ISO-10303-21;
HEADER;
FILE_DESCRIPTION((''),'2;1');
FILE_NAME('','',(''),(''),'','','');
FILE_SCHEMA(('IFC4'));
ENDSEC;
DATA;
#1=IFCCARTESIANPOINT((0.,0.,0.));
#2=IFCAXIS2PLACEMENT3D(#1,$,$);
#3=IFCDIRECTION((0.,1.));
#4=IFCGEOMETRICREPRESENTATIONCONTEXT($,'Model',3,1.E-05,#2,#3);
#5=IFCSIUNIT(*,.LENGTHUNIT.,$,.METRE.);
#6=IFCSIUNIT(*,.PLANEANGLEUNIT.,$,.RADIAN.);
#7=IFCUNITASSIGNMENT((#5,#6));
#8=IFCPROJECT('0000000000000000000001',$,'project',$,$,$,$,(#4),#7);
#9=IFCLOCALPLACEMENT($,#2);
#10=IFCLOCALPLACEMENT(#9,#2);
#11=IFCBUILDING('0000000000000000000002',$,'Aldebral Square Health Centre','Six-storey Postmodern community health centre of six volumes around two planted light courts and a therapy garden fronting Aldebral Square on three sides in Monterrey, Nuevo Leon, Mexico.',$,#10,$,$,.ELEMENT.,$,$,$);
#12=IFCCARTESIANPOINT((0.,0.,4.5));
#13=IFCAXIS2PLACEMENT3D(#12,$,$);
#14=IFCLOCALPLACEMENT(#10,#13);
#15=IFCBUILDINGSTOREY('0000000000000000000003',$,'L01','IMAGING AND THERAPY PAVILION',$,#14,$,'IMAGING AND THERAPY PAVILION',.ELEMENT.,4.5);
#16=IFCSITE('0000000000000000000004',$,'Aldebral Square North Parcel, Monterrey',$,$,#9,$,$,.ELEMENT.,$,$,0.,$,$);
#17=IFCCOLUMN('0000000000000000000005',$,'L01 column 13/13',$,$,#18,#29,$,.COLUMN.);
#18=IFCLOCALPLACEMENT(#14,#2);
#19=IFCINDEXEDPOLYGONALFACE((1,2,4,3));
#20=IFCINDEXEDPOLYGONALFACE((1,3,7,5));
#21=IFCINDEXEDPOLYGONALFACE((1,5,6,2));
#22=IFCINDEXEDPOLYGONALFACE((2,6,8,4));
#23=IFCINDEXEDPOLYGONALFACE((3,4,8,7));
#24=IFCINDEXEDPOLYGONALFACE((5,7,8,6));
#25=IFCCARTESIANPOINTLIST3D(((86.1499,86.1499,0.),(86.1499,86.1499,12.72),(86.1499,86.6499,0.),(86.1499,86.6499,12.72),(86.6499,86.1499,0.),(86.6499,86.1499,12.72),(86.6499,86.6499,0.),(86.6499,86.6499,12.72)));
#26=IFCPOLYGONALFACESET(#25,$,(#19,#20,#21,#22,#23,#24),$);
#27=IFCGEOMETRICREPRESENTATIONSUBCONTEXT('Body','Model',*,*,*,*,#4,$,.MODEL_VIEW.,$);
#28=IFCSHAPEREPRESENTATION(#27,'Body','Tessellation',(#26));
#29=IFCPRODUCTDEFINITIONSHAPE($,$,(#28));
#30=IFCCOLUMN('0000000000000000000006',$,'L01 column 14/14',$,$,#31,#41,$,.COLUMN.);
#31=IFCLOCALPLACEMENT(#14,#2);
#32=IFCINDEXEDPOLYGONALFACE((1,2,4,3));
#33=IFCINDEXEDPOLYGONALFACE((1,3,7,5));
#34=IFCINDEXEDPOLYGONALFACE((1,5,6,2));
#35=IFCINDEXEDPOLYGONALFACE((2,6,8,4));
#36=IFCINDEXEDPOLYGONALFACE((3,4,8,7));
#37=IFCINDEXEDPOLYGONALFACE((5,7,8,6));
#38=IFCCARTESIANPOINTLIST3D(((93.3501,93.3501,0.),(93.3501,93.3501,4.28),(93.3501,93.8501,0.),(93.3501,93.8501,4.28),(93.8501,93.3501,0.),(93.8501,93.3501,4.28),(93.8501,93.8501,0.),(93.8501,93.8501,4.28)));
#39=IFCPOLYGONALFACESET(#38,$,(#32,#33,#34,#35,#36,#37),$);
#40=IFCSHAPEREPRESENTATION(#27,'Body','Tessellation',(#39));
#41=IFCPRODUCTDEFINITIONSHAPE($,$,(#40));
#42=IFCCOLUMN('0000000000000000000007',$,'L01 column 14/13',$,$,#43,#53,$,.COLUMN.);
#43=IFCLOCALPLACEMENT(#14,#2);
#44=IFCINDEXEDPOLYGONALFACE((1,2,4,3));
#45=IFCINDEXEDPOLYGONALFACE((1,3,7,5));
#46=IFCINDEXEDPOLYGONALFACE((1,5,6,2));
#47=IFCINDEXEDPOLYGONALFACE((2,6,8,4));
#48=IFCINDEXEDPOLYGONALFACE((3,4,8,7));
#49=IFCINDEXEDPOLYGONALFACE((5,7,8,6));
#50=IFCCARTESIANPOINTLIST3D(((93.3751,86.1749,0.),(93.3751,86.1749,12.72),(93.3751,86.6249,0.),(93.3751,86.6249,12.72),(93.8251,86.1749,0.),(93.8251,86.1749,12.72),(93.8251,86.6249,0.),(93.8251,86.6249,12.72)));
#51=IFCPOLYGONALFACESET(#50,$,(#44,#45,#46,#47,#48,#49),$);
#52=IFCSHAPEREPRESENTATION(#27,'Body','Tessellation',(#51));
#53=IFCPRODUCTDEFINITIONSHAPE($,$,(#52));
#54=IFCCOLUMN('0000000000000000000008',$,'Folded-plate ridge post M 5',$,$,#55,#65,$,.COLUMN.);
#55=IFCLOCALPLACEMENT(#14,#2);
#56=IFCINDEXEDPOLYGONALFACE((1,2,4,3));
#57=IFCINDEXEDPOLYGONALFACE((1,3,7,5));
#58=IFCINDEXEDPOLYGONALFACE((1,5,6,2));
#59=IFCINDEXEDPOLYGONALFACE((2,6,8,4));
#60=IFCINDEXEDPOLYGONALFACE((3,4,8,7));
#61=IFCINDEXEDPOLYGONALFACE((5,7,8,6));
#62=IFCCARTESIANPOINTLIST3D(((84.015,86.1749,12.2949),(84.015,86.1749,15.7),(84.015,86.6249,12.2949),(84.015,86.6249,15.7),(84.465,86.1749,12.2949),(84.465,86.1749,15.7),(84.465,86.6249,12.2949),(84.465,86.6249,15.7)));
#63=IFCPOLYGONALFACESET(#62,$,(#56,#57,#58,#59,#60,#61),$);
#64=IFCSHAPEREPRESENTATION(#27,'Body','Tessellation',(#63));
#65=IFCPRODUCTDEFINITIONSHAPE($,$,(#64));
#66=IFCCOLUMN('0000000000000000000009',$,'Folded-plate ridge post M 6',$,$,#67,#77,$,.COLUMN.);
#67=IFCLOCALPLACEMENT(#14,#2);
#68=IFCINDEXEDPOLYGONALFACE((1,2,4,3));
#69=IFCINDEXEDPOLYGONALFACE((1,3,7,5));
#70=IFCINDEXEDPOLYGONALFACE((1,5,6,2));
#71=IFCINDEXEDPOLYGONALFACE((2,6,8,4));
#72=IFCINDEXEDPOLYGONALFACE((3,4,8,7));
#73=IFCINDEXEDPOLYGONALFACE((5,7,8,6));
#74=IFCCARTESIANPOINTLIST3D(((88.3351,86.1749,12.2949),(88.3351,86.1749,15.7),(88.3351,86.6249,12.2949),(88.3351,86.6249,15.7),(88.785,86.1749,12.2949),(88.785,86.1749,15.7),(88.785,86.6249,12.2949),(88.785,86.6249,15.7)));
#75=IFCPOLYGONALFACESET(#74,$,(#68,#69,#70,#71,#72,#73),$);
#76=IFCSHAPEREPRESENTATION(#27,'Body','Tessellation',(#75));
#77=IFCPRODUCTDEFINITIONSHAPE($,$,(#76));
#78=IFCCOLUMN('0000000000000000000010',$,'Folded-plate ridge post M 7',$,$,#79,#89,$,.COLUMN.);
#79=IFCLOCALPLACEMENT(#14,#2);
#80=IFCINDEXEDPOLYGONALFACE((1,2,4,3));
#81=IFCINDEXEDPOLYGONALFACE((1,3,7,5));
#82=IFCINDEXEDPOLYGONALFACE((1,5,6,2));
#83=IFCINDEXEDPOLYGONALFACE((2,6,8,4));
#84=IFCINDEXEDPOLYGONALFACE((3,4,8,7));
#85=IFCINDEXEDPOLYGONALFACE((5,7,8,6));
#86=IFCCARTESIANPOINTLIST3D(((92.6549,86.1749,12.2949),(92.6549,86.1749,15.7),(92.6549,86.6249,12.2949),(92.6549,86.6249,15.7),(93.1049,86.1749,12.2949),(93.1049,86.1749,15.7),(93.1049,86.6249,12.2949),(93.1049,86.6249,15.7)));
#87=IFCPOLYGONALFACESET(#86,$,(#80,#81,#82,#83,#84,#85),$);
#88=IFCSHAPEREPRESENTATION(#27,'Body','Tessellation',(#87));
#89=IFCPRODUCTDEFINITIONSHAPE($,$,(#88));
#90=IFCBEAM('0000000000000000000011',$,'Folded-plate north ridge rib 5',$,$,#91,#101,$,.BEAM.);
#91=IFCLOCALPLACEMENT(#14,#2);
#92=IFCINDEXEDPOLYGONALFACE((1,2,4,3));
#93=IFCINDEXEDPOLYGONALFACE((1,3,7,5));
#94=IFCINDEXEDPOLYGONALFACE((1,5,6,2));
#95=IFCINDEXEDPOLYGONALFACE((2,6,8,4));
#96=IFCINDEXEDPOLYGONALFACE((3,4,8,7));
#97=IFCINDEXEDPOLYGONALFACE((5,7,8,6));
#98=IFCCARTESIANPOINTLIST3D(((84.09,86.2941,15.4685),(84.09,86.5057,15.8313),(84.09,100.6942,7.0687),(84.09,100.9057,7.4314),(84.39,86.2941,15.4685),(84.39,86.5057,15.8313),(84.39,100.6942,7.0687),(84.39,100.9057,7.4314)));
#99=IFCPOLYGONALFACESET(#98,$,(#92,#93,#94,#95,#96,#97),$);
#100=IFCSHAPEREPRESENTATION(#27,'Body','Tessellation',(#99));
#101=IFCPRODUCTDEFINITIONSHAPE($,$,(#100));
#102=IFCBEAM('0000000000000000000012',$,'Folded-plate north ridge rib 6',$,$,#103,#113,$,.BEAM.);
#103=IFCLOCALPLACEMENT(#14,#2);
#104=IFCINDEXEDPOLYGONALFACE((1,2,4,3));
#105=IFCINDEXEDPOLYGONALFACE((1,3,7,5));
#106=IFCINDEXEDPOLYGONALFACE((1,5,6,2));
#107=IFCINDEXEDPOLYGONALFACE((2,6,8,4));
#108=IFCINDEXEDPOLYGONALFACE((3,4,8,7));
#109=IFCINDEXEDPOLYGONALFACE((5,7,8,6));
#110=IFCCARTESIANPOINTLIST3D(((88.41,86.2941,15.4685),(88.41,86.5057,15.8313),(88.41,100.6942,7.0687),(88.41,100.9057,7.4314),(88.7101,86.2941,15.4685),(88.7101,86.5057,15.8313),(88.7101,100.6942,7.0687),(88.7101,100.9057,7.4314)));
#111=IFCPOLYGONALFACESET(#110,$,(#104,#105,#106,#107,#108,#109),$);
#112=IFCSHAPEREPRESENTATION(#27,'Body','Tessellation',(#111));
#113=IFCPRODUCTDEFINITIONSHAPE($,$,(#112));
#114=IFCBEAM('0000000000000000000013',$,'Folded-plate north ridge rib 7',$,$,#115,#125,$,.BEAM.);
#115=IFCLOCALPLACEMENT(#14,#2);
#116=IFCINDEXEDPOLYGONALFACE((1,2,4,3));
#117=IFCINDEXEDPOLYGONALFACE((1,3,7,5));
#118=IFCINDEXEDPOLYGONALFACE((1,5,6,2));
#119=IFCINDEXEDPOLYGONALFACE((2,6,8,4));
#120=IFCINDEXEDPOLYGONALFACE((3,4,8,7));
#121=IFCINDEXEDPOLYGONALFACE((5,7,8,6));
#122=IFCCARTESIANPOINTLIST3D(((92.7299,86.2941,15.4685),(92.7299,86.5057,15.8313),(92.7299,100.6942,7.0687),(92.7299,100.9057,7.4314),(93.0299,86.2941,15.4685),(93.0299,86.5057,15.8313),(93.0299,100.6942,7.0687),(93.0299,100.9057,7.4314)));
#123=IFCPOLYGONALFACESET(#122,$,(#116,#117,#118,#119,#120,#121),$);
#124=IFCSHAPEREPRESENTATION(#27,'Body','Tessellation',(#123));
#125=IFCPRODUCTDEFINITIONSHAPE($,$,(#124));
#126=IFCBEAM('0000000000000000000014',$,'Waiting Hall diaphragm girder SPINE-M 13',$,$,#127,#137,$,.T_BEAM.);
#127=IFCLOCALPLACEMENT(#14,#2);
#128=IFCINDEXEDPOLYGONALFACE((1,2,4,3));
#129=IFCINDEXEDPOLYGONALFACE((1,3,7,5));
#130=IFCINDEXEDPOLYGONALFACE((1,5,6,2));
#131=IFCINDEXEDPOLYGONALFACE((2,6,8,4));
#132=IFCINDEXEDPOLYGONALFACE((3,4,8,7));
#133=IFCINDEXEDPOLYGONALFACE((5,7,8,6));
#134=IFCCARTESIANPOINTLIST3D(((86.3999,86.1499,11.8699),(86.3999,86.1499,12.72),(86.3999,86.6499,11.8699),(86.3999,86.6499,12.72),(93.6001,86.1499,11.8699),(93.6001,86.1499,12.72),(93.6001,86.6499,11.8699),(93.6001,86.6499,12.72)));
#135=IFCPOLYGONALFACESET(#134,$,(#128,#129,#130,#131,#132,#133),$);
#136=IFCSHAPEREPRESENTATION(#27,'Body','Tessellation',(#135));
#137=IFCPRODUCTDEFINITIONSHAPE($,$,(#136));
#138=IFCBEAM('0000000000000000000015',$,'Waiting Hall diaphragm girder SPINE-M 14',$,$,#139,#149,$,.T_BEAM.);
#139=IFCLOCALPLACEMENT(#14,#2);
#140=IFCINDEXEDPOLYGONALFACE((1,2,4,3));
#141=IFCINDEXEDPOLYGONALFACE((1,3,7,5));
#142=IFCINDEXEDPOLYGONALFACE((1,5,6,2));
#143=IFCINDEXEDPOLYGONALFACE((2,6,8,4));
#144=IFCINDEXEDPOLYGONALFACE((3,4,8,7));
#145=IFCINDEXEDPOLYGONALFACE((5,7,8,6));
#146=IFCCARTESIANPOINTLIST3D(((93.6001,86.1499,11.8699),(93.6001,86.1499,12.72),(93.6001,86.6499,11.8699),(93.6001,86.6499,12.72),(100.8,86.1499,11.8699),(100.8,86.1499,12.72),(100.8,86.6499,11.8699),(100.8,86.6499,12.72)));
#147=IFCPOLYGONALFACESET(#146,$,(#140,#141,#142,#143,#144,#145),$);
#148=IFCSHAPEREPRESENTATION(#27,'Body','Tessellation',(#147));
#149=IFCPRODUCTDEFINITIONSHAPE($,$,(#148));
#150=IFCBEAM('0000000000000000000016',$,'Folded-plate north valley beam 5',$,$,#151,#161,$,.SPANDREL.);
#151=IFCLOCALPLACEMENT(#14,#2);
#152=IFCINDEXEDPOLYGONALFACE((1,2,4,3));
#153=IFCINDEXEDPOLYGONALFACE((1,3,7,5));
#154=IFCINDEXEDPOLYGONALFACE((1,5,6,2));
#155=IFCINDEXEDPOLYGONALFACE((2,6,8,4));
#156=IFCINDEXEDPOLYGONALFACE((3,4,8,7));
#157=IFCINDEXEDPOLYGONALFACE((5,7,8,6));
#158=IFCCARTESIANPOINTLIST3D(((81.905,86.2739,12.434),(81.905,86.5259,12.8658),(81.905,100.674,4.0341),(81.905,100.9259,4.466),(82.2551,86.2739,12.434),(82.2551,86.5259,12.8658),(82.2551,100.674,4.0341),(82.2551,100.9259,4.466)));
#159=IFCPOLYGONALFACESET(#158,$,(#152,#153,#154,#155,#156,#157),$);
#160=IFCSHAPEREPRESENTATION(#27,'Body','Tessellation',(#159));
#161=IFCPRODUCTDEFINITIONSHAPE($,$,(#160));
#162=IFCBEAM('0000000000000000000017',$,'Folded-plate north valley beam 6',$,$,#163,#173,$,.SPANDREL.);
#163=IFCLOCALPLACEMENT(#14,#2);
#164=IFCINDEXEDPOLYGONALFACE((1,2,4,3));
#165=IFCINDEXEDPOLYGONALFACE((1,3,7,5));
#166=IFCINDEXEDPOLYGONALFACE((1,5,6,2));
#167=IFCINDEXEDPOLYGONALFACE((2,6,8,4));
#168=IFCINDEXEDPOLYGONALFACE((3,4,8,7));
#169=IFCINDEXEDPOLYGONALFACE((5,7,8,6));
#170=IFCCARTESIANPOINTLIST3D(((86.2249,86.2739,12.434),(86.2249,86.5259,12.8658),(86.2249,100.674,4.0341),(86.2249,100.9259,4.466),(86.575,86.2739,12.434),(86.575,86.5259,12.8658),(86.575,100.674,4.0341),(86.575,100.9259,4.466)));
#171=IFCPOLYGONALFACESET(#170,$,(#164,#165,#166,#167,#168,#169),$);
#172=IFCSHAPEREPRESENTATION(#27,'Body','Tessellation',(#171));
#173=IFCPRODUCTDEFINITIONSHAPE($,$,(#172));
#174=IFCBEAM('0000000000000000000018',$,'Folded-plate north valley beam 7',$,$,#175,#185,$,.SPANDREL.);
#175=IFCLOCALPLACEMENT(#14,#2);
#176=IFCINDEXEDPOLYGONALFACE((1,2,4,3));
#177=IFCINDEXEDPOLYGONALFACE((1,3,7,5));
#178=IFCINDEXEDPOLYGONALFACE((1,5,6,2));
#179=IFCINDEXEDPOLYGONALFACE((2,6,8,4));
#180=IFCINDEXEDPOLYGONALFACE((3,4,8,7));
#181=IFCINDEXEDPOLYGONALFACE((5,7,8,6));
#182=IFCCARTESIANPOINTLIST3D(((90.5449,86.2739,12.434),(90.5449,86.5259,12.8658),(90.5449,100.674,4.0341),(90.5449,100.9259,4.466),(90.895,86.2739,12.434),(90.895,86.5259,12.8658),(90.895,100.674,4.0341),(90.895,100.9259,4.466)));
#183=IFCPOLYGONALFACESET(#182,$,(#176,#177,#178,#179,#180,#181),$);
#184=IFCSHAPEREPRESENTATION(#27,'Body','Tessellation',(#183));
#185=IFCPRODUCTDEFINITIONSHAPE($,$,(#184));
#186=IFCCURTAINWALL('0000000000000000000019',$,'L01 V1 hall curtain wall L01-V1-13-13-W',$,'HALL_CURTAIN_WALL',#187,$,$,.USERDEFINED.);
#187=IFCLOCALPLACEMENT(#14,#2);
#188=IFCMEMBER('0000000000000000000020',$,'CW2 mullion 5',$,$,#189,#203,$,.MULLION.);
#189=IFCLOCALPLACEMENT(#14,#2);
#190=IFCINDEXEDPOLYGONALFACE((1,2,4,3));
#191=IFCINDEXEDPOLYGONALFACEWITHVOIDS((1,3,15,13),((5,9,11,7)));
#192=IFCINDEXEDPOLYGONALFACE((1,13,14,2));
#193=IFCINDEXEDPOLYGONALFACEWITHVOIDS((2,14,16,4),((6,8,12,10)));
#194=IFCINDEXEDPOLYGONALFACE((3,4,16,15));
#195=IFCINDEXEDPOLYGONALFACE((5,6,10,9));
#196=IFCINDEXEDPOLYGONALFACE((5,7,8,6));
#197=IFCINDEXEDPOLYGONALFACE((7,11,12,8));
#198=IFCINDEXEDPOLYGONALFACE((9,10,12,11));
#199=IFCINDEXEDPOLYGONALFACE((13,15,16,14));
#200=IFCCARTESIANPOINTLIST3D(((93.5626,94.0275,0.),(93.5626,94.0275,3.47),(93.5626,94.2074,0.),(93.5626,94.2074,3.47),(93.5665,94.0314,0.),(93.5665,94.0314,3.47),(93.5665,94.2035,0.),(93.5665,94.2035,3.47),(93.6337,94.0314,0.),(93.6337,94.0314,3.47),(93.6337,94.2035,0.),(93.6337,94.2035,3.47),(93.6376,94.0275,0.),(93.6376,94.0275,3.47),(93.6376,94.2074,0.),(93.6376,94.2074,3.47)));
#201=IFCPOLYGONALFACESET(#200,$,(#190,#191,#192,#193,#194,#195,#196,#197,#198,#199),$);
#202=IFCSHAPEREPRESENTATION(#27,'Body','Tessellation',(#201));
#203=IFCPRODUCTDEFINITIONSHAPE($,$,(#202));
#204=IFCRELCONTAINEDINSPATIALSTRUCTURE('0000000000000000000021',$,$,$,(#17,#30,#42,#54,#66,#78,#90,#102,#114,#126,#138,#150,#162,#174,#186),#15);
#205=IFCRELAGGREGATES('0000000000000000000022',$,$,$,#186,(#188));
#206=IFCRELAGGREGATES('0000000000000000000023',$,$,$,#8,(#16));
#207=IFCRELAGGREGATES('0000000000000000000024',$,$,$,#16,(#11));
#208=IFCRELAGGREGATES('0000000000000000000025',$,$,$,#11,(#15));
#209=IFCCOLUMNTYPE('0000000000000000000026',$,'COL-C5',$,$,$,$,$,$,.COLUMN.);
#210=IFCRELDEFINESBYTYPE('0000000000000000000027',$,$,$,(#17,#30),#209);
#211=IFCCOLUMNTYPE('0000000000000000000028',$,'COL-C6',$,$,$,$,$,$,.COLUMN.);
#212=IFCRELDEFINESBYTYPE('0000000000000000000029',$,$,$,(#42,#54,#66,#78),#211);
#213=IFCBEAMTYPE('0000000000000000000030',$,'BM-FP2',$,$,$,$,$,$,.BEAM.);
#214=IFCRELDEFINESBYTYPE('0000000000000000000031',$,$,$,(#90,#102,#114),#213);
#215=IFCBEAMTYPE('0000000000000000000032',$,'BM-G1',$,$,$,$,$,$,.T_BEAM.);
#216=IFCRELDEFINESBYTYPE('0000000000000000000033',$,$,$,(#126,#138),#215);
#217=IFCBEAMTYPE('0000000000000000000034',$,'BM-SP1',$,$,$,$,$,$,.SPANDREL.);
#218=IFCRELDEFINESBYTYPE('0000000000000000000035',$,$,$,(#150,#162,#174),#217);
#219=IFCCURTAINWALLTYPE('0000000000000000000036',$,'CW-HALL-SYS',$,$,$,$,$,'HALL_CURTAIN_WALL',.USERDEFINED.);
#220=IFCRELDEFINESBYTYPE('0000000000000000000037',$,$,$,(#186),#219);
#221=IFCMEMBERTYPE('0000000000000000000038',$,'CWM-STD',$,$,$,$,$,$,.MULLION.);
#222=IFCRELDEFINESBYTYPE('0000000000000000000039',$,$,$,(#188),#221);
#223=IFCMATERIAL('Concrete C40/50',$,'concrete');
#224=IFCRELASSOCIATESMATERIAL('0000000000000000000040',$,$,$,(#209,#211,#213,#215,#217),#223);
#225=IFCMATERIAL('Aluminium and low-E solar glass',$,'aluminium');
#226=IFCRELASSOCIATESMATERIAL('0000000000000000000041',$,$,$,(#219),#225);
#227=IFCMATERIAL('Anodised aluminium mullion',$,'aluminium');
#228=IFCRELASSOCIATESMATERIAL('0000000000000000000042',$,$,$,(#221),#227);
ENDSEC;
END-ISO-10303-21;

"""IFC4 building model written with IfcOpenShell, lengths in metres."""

from ifc_helpers import new_model, si_unit, direction, frame, origin, origin_2d, place, context, subcontext, project, spatial, rectangle, hollow_rectangle, extrude, material, material_profile, profile_set, type_object, element, aggregate, save


model = new_model("IFC4")

# Units and contexts
model_context = context("Model", 3, precision=1e-05, world=origin(), true_north=direction((0.0, 1.0)))
body_context = subcontext(model_context, "Body", "Model", "MODEL_VIEW")
ifc_project = project(units=[si_unit("LENGTHUNIT", "METRE"), si_unit("PLANEANGLEUNIT", "RADIAN")], contexts=[model_context])

# Site, building, storey
site_placement = place(None, origin())
site = spatial("IfcSite", under=ifc_project, at=site_placement, Name="Aldebral Square North Parcel, Monterrey", CompositionType="ELEMENT", RefElevation=0.0)
building_placement = place(site_placement, origin())
building = spatial("IfcBuilding", under=site, at=building_placement, Name="Aldebral Square Health Centre", Description="Six-storey Postmodern community health centre of six volumes around two planted light courts and a therapy garden fronting Aldebral Square on three sides in Monterrey, Nuevo Leon, Mexico.", CompositionType="ELEMENT")
storey_placement = place(building_placement, frame((0.0, 0.0, 4.5)))
storey = spatial("IfcBuildingStorey", under=building, at=storey_placement, Name="L01", Description="IMAGING AND THERAPY PAVILION", LongName="IMAGING AND THERAPY PAVILION", CompositionType="ELEMENT", Elevation=4.5)

# Columns
ifc_material_1 = material(Name="Concrete C40/50", Category="concrete")
ifc_material_profile_1 = material_profile(ifc_material_1, rectangle(XDim=0.5, YDim=0.5, at=origin_2d()), Name="RC 500x500")
ifc_profile_set_1 = profile_set([ifc_material_profile_1], Name="Concrete C40/50")
column_type_1 = type_object("IfcColumnType", Name="COL-C5", PredefinedType="COLUMN", material=ifc_profile_set_1)
column_1_placement = place(storey_placement, frame((86.3999, 86.3999, 0.0), z_axis=(0.0, 0.0, 1.0), x_axis=(1.0, 0.0, 0.0)))
element("IfcColumn", 1, at=column_1_placement, inside=storey, type_object=column_type_1, Name="L01 column 13/13", PredefinedType="COLUMN", context=body_context, shape_type="SweptSolid", body=[
    extrude(rectangle(XDim=0.5, YDim=0.5, at=origin_2d()), origin(), (0.0, 0.0, 1.0), 12.72),
])
column_2_placement = place(storey_placement, frame((93.6001, 93.6001, 0.0), z_axis=(0.0, 0.0, 1.0), x_axis=(1.0, 0.0, 0.0)))
element("IfcColumn", 2, at=column_2_placement, inside=storey, type_object=column_type_1, Name="L01 column 14/14", PredefinedType="COLUMN", context=body_context, shape_type="SweptSolid", body=[
    extrude(rectangle(XDim=0.5, YDim=0.5, at=origin_2d()), origin(), (0.0, 0.0, 1.0), 4.28),
])
ifc_material_profile_2 = material_profile(ifc_material_1, rectangle(XDim=0.45, YDim=0.45, at=origin_2d()), Name="RC 450x450")
ifc_profile_set_2 = profile_set([ifc_material_profile_2], Name="Concrete C40/50")
column_type_2 = type_object("IfcColumnType", Name="COL-C6", PredefinedType="COLUMN", material=ifc_profile_set_2)
column_3_placement = place(storey_placement, frame((93.6001, 86.3999, 0.0), z_axis=(0.0, 0.0, 1.0), x_axis=(1.0, 0.0, 0.0)))
element("IfcColumn", 3, at=column_3_placement, inside=storey, type_object=column_type_2, Name="L01 column 14/13", PredefinedType="COLUMN", context=body_context, shape_type="SweptSolid", body=[
    extrude(rectangle(XDim=0.45, YDim=0.45, at=origin_2d()), origin(), (0.0, 0.0, 1.0), 12.72),
])
for number, where, z_axis, x_axis, name in (
    (4, (84.24, 86.3999, 12.2949), (0.0, 0.0, 1.0), (1.0, 0.0, 0.0), "Folded-plate ridge post M 5"),
    (5, (88.5601, 86.3999, 12.2949), (0.0, 0.0, 1.0), (1.0, 0.0, 0.0), "Folded-plate ridge post M 6"),
    (6, (92.8799, 86.3999, 12.2949), (0.0, 0.0, 1.0), (1.0, 0.0, 0.0), "Folded-plate ridge post M 7"),
):
    element("IfcColumn", number, at=place(storey_placement, frame(where, z_axis=z_axis, x_axis=x_axis)), inside=storey, type_object=column_type_2, Name=name, PredefinedType="COLUMN", context=body_context, shape_type="SweptSolid", body=[
        extrude(rectangle(XDim=0.45, YDim=0.45, at=origin_2d()), origin(), (0.0, 0.0, 1.0), 3.405),
    ])

# Beams
ifc_material_profile_3 = material_profile(ifc_material_1, rectangle(XDim=0.3, YDim=0.4199, at=origin_2d()), Name="RC 300x420")
ifc_profile_set_3 = profile_set([ifc_material_profile_3], Name="Concrete C40/50")
beam_type_1 = type_object("IfcBeamType", Name="BM-FP2", PredefinedType="BEAM", material=ifc_profile_set_3)
for number, where, z_axis, x_axis, name in (
    (7, (84.24, 86.3999, 15.6499), (0.0, 0.863784, -0.503863), (-1.0, 0.0, 0.0), "Folded-plate north ridge rib 5"),
    (8, (88.5601, 86.3999, 15.6499), (0.0, 0.863784, -0.503863), (-1.0, 0.0, 0.0), "Folded-plate north ridge rib 6"),
    (9, (92.8799, 86.3999, 15.6499), (0.0, 0.863784, -0.503863), (-1.0, 0.0, 0.0), "Folded-plate north ridge rib 7"),
):
    element("IfcBeam", number, at=place(storey_placement, frame(where, z_axis=z_axis, x_axis=x_axis)), inside=storey, type_object=beam_type_1, Name=name, PredefinedType="BEAM", context=body_context, shape_type="SweptSolid", body=[
        extrude(rectangle(XDim=0.3, YDim=0.4199, at=origin_2d()), origin(), (0.0, 0.0, 1.0), 16.6709),
    ])
ifc_material_profile_4 = material_profile(ifc_material_1, rectangle(XDim=0.5, YDim=0.8501, at=origin_2d()), Name="RC 500x850")
ifc_profile_set_4 = profile_set([ifc_material_profile_4], Name="Concrete C40/50")
beam_type_2 = type_object("IfcBeamType", Name="BM-G1", PredefinedType="T_BEAM", material=ifc_profile_set_4)
beam_1_placement = place(storey_placement, frame((86.3999, 86.3999, 12.2949), z_axis=(1.0, 0.0, 0.0), x_axis=(0.0, 1.0, 0.0)))
element("IfcBeam", 10, at=beam_1_placement, inside=storey, type_object=beam_type_2, Name="Waiting Hall diaphragm girder SPINE-M 13", PredefinedType="T_BEAM", context=body_context, shape_type="SweptSolid", body=[
    extrude(rectangle(XDim=0.5, YDim=0.8501, at=origin_2d()), origin(), (0.0, 0.0, 1.0), 7.2002),
])
beam_2_placement = place(storey_placement, frame((93.6001, 86.3999, 12.2949), z_axis=(1.0, 0.0, 0.0), x_axis=(0.0, 1.0, 0.0)))
element("IfcBeam", 11, at=beam_2_placement, inside=storey, type_object=beam_type_2, Name="Waiting Hall diaphragm girder SPINE-M 14", PredefinedType="T_BEAM", context=body_context, shape_type="SweptSolid", body=[
    extrude(rectangle(XDim=0.5, YDim=0.8501, at=origin_2d()), origin(), (0.0, 0.0, 1.0), 7.2),
])
ifc_material_profile_5 = material_profile(ifc_material_1, rectangle(XDim=0.3501, YDim=0.5, at=origin_2d()), Name="RC 350x500")
ifc_profile_set_5 = profile_set([ifc_material_profile_5], Name="Concrete C40/50")
beam_type_3 = type_object("IfcBeamType", Name="BM-SP1", PredefinedType="SPANDREL", material=ifc_profile_set_5)
for number, where, z_axis, x_axis, name in (
    (12, (82.0801, 86.3999, 12.6499), (0.0, 0.863784, -0.503863), (-1.0, 0.0, 0.0), "Folded-plate north valley beam 5"),
    (13, (86.3999, 86.3999, 12.6499), (0.0, 0.863784, -0.503863), (-1.0, 0.0, 0.0), "Folded-plate north valley beam 6"),
    (14, (90.72, 86.3999, 12.6499), (0.0, 0.863784, -0.503863), (-1.0, 0.0, 0.0), "Folded-plate north valley beam 7"),
):
    element("IfcBeam", number, at=place(storey_placement, frame(where, z_axis=z_axis, x_axis=x_axis)), inside=storey, type_object=beam_type_3, Name=name, PredefinedType="SPANDREL", context=body_context, shape_type="SweptSolid", body=[
        extrude(rectangle(XDim=0.3501, YDim=0.5, at=origin_2d()), origin(), (0.0, 0.0, 1.0), 16.6709),
    ])

# Curtain wall, member
ifc_material_2 = material(Name="Aluminium and low-E solar glass", Category="aluminium")
curtain_wall_type = type_object("IfcCurtainWallType", Name="CW-HALL-SYS", ElementType="HALL_CURTAIN_WALL", PredefinedType="USERDEFINED", material=ifc_material_2)
curtain_wall_placement = place(storey_placement, origin())
curtain_wall = element("IfcCurtainWall", 15, at=curtain_wall_placement, inside=storey, type_object=curtain_wall_type, Name="L01 V1 hall curtain wall L01-V1-13-13-W", ObjectType="HALL_CURTAIN_WALL", PredefinedType="USERDEFINED")
ifc_material_3 = material(Name="Anodised aluminium mullion", Category="aluminium")
ifc_material_profile_6 = material_profile(ifc_material_3, hollow_rectangle(XDim=0.075, YDim=0.1799, WallThickness=0.0039, at=origin_2d()), Name="CWM 75x180x4")
ifc_profile_set_6 = profile_set([ifc_material_profile_6], Name="Anodised aluminium mullion")
member_type_1 = type_object("IfcMemberType", Name="CWM-STD", PredefinedType="MULLION", material=ifc_profile_set_6)
member_1_placement = place(storey_placement, frame((93.6001, 94.1174, 0.0), z_axis=(0.0, 0.0, 1.0), x_axis=(1.0, 0.0, 0.0)))
member_1 = element("IfcMember", 16, at=member_1_placement, type_object=member_type_1, Name="CW2 mullion 5", PredefinedType="MULLION", context=body_context, shape_type="SweptSolid", body=[
    extrude(hollow_rectangle(XDim=0.075, YDim=0.1799, WallThickness=0.0039, at=origin_2d()), origin(), (0.0, 0.0, 1.0), 3.47),
])
aggregate(curtain_wall, [member_1])

save(model, "model.ifc")
